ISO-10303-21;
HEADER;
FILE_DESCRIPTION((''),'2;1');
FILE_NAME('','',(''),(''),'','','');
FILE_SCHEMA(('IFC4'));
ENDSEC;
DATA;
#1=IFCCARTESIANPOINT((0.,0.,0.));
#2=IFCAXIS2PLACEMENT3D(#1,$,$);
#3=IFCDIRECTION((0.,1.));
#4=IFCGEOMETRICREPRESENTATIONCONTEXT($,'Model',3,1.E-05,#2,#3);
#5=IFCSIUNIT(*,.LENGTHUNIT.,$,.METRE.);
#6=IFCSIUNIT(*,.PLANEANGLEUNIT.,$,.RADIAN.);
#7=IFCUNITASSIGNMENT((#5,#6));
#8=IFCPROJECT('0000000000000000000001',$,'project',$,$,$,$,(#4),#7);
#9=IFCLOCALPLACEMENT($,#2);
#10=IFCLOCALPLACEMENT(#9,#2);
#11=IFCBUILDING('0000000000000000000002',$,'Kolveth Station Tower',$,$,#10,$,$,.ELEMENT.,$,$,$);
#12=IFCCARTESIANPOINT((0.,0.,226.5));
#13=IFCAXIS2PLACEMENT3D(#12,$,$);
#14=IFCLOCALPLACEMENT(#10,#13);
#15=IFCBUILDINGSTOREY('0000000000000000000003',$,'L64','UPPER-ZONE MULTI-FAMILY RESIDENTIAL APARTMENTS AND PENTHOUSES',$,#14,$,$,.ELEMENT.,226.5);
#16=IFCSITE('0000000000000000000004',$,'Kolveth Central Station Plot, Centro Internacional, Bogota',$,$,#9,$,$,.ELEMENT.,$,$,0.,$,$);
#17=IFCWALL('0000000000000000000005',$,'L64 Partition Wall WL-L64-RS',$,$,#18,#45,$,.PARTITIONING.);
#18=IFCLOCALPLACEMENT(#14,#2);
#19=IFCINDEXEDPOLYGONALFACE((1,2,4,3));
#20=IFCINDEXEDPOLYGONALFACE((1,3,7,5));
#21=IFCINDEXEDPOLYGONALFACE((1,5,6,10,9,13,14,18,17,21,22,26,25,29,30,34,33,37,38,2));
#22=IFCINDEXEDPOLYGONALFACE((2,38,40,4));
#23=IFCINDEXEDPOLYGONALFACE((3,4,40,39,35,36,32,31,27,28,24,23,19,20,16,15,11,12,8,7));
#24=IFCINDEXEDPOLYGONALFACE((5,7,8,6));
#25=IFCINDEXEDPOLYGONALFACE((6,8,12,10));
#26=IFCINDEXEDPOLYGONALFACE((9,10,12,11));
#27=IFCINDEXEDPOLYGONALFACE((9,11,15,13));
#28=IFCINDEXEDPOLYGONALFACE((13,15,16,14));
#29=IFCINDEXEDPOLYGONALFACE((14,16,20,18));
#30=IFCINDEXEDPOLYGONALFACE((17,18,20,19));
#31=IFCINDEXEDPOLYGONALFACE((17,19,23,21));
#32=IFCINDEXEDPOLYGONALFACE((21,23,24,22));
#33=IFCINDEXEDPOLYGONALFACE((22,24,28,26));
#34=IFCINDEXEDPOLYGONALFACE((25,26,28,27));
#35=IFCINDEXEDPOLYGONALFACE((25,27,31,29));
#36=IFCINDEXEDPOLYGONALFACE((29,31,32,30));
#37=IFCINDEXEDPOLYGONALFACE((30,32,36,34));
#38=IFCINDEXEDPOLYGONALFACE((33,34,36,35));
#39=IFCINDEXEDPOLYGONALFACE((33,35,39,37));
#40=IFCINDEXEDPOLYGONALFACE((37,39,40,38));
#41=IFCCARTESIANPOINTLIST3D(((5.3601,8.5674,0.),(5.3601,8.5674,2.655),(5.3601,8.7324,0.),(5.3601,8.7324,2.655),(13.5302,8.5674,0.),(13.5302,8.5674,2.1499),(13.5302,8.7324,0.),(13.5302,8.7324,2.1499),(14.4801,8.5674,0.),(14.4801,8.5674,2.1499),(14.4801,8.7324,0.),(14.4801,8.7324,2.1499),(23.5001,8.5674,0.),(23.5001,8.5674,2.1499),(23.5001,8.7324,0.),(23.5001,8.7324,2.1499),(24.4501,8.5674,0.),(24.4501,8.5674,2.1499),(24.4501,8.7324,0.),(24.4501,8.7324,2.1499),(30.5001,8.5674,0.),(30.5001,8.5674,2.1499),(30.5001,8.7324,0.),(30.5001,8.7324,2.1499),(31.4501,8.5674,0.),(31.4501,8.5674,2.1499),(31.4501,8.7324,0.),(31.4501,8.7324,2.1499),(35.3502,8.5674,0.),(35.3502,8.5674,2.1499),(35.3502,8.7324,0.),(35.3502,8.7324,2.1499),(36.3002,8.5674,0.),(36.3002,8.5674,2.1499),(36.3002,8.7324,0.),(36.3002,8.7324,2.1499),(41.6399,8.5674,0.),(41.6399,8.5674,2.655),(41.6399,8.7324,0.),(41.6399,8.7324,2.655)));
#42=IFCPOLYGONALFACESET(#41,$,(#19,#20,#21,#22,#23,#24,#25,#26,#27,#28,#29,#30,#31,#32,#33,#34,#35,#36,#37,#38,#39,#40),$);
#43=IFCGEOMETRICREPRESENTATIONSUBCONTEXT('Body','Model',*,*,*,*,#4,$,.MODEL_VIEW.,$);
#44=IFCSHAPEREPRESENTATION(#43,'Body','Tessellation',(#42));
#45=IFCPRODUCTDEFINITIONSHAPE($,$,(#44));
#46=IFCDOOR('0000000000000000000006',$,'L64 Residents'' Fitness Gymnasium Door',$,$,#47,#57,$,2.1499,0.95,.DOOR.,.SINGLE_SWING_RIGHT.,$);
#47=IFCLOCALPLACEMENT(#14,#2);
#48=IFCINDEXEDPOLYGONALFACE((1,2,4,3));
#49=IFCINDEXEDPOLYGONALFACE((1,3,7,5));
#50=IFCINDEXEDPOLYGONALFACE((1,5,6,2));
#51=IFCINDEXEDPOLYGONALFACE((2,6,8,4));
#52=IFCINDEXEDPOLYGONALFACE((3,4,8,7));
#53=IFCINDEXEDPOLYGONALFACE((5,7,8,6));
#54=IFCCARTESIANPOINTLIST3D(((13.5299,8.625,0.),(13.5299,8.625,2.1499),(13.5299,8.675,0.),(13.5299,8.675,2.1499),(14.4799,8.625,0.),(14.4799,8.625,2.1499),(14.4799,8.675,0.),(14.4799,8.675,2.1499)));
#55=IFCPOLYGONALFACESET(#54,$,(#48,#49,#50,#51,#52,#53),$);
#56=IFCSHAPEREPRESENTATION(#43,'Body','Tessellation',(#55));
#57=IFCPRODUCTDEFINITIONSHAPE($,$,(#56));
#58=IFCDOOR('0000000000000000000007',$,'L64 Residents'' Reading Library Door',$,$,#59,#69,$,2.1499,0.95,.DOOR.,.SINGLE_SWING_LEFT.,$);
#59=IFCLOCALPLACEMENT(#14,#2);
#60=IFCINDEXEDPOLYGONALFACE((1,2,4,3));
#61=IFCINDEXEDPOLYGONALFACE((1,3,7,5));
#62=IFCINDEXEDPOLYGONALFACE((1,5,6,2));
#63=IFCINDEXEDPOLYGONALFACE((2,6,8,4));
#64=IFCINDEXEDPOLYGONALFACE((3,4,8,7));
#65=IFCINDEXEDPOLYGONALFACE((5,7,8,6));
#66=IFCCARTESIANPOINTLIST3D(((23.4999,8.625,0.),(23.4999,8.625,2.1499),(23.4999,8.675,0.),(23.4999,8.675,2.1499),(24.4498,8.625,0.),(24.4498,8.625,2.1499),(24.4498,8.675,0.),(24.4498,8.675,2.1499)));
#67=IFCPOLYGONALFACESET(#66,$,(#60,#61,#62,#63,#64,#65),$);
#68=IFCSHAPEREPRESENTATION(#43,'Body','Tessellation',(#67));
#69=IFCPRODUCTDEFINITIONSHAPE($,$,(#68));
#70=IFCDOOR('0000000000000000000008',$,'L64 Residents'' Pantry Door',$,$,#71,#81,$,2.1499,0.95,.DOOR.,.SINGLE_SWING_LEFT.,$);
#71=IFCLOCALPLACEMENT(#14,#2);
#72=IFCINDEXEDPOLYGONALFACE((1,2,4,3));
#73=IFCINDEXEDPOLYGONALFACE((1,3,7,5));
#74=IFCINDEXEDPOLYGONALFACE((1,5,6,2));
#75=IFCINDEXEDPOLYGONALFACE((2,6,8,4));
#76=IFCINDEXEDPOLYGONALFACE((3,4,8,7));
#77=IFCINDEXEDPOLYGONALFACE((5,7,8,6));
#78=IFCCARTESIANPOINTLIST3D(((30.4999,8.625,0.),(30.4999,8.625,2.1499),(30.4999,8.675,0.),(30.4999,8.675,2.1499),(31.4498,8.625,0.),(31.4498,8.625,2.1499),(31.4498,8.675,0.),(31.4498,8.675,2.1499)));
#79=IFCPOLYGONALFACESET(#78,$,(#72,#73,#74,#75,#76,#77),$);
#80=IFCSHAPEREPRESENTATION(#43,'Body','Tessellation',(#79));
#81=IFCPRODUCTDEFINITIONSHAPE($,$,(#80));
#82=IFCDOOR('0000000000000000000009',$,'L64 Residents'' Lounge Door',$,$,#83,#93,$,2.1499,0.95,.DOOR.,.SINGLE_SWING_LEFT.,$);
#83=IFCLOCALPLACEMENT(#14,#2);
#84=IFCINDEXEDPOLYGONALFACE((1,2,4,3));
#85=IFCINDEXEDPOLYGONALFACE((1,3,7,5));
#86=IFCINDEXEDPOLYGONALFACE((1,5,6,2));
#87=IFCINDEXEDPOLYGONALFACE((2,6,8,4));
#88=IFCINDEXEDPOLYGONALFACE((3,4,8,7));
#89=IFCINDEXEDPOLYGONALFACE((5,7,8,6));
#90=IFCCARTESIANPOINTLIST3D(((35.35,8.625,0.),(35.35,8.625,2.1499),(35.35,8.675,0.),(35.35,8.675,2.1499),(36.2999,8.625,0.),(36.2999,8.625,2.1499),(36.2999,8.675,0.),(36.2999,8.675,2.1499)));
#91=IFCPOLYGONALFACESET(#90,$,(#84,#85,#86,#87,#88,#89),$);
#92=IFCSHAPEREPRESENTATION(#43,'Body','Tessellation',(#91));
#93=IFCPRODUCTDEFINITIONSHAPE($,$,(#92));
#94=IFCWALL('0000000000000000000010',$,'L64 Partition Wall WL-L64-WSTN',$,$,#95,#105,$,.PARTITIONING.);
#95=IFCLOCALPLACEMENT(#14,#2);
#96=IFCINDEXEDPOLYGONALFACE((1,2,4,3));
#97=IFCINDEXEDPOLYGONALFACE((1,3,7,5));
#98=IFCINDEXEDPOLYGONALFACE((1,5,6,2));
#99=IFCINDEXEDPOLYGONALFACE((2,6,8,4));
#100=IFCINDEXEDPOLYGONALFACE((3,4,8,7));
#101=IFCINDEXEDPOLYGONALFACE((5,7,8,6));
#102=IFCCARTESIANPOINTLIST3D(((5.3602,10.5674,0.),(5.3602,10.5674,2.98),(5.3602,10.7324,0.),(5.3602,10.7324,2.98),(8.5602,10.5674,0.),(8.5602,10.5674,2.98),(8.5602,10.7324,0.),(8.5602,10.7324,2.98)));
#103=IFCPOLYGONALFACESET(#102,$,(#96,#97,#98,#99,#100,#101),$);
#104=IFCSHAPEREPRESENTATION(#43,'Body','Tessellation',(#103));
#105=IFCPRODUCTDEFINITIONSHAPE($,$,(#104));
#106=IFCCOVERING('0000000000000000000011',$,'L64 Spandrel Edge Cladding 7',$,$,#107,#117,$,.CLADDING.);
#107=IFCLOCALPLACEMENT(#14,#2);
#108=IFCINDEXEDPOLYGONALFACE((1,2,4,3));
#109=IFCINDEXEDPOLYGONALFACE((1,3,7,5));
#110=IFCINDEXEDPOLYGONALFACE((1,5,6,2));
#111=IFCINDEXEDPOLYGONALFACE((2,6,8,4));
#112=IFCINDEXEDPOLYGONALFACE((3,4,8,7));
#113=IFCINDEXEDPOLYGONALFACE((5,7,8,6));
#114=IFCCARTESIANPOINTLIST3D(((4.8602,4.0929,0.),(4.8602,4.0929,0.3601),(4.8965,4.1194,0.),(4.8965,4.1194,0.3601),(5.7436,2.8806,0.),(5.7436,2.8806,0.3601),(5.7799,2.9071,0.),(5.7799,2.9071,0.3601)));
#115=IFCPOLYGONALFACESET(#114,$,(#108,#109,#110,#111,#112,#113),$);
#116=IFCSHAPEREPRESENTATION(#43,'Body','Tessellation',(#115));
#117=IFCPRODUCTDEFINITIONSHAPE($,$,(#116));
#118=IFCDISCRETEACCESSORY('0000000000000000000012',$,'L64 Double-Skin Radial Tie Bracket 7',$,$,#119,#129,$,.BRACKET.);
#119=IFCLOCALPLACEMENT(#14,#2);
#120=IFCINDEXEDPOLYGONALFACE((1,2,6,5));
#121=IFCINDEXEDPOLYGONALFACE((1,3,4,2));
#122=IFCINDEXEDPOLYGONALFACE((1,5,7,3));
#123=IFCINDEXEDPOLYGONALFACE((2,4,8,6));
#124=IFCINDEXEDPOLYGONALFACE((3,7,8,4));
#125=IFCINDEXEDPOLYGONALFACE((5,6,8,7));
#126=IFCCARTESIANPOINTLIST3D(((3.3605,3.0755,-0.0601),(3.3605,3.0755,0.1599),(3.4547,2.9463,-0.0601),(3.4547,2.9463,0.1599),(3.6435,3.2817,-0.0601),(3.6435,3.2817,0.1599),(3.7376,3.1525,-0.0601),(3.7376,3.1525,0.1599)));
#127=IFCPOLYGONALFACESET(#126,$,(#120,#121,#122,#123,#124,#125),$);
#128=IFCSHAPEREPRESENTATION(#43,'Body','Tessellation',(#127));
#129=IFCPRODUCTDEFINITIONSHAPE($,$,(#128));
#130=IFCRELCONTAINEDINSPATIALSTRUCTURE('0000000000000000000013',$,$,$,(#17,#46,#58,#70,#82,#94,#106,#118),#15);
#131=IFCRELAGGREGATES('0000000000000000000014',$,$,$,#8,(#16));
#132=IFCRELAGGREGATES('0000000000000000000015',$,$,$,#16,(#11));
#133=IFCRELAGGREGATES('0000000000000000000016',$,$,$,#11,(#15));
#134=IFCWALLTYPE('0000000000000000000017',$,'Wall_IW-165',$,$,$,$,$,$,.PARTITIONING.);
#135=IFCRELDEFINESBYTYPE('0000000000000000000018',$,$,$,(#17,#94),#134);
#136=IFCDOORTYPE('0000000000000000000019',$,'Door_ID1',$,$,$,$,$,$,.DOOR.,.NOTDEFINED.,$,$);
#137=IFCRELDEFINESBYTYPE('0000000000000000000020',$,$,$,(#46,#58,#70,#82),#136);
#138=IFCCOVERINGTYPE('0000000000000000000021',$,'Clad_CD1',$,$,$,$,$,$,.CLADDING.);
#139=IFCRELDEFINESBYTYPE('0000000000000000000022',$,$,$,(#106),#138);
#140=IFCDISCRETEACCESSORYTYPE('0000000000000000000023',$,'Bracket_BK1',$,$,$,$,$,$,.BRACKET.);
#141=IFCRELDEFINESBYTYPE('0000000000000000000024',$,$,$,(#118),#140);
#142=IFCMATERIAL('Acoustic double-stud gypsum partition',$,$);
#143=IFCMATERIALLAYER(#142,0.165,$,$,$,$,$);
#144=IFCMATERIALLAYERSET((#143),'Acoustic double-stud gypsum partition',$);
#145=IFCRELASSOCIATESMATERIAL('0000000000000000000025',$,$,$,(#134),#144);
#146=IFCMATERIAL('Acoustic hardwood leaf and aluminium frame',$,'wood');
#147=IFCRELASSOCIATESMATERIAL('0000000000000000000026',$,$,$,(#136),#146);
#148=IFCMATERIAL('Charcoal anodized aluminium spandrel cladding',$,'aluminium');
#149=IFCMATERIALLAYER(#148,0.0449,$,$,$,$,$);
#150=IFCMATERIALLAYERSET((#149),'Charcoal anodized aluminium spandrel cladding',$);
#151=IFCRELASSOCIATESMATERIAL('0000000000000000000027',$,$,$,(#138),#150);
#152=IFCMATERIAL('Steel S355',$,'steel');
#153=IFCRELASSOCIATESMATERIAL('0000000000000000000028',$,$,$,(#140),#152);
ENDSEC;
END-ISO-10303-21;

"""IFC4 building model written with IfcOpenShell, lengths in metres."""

from ifc_helpers import new_model, si_unit, direction, frame, frame_2d, origin, origin_2d, place, context, subcontext, project, spatial, rectangle, extrude, source, transform, mapped, material, layer, layer_set, type_object, element, fill, save


model = new_model("IFC4")

# Units and contexts
model_context = context("Model", 3, precision=1e-05, world=origin(), true_north=direction((0.0, 1.0)))
body_context = subcontext(model_context, "Body", "Model", "MODEL_VIEW")
ifc_project = project(units=[si_unit("LENGTHUNIT", "METRE"), si_unit("PLANEANGLEUNIT", "RADIAN")], contexts=[model_context])

# Site, building, storey
site_placement = place(None, origin())
site = spatial("IfcSite", under=ifc_project, at=site_placement, Name="Kolveth Central Station Plot, Centro Internacional, Bogota", CompositionType="ELEMENT", RefElevation=0.0)
building_placement = place(site_placement, origin())
building = spatial("IfcBuilding", under=site, at=building_placement, Name="Kolveth Station Tower", CompositionType="ELEMENT")
storey_placement = place(building_placement, frame((0.0, 0.0, 226.5)))
storey = spatial("IfcBuildingStorey", under=building, at=storey_placement, Name="L64", Description="UPPER-ZONE MULTI-FAMILY RESIDENTIAL APARTMENTS AND PENTHOUSES", CompositionType="ELEMENT", Elevation=226.5)

# Shared definitions
ifc_material_1 = material(Name="Steel S355", Category="steel")

# Wall, openings, doors
ifc_material_2 = material(Name="Acoustic double-stud gypsum partition")
ifc_layer_1 = layer(ifc_material_2, 0.165)
ifc_layer_set_1 = layer_set([ifc_layer_1], Name="Acoustic double-stud gypsum partition")
wall_type = type_object("IfcWallType", Name="Wall_IW-165", PredefinedType="PARTITIONING", material=ifc_layer_set_1)
wall_1_placement = place(storey_placement, frame((5.3601, 8.6499, 0.0), z_axis=(0.0, 0.0, 1.0), x_axis=(1.0, 0.0, 0.0)))
wall_1 = element("IfcWall", 1, at=wall_1_placement, inside=storey, type_object=wall_type, Name="L64 Partition Wall WL-L64-RS", PredefinedType="PARTITIONING", context=body_context, shape_type="SweptSolid", body=[
    extrude(rectangle(XDim=36.2798, YDim=0.165, at=frame_2d((18.1399, 0.0))), origin(), (0.0, 0.0, 1.0), 2.655),
])
opening_1_placement = place(wall_1_placement, frame((8.1699, 0.0, 0.0)))
opening_1 = element("IfcOpeningElement", 2, at=opening_1_placement, cuts=wall_1, PredefinedType="OPENING", context=body_context, shape_type="SweptSolid", body=[
    extrude(rectangle(XDim=0.95, YDim=2.1499, at=frame_2d((0.4751, 1.075))), frame((0.0, 0.0925, 0.0), z_axis=(0.0, -1.0, 0.0), x_axis=(1.0, 0.0, 0.0)), (0.0, 0.0, 1.0), 0.1851),
])
opening_2_placement = place(wall_1_placement, frame((18.1399, 0.0, 0.0)))
opening_2 = element("IfcOpeningElement", 3, at=opening_2_placement, cuts=wall_1, PredefinedType="OPENING", context=body_context, shape_type="SweptSolid", body=[
    extrude(rectangle(XDim=0.95, YDim=2.1499, at=frame_2d((0.4751, 1.075))), frame((0.0, 0.0925, 0.0), z_axis=(0.0, -1.0, 0.0), x_axis=(1.0, 0.0, 0.0)), (0.0, 0.0, 1.0), 0.1851),
])
opening_3_placement = place(wall_1_placement, frame((25.1399, 0.0, 0.0)))
opening_3 = element("IfcOpeningElement", 4, at=opening_3_placement, cuts=wall_1, PredefinedType="OPENING", context=body_context, shape_type="SweptSolid", body=[
    extrude(rectangle(XDim=0.95, YDim=2.1499, at=frame_2d((0.4751, 1.075))), frame((0.0, 0.0925, 0.0), z_axis=(0.0, -1.0, 0.0), x_axis=(1.0, 0.0, 0.0)), (0.0, 0.0, 1.0), 0.1851),
])
opening_4_placement = place(wall_1_placement, frame((29.99, 0.0, 0.0)))
opening_4 = element("IfcOpeningElement", 5, at=opening_4_placement, cuts=wall_1, PredefinedType="OPENING", context=body_context, shape_type="SweptSolid", body=[
    extrude(rectangle(XDim=0.95, YDim=2.1499, at=frame_2d((0.4751, 1.075))), frame((0.0, 0.0925, 0.0), z_axis=(0.0, -1.0, 0.0), x_axis=(1.0, 0.0, 0.0)), (0.0, 0.0, 1.0), 0.1851),
])
ifc_material_3 = material(Name="Acoustic hardwood leaf and aluminium frame", Category="wood")
door_type = type_object("IfcDoorType", Name="Door_ID1", OperationType="NOTDEFINED", PredefinedType="DOOR", material=ifc_material_3)
door_1_placement = place(opening_1_placement, frame((0.95, 0.0, 0.0), z_axis=(0.0, 0.0, 1.0), x_axis=(-1.0, 0.0, 0.0)))
door_1 = element("IfcDoor", 6, at=door_1_placement, inside=storey, type_object=door_type, Name="L64 Residents' Fitness Gymnasium Door", OperationType="SINGLE_SWING_RIGHT", OverallHeight=2.1499, OverallWidth=0.95, PredefinedType="DOOR", context=body_context, shape_type="SweptSolid", body=[
    extrude(rectangle(XDim=0.95, YDim=2.1499, at=frame_2d((0.4751, 1.075))), frame((0.0, 0.0249, 0.0), z_axis=(0.0, -1.0, 0.0), x_axis=(1.0, 0.0, 0.0)), (0.0, 0.0, 1.0), 0.05),
])
fill(opening_1, door_1)
door_2_placement = place(opening_2_placement, frame((0.95, 0.0, 0.0), z_axis=(0.0, 0.0, 1.0), x_axis=(-1.0, 0.0, 0.0)))
door_2 = element("IfcDoor", 7, at=door_2_placement, inside=storey, type_object=door_type, Name="L64 Residents' Reading Library Door", OperationType="SINGLE_SWING_LEFT", OverallHeight=2.1499, OverallWidth=0.95, PredefinedType="DOOR", context=body_context, shape_type="SweptSolid", body=[
    extrude(rectangle(XDim=0.95, YDim=2.1499, at=frame_2d((0.4751, 1.075))), frame((0.0, 0.0249, 0.0), z_axis=(0.0, -1.0, 0.0), x_axis=(1.0, 0.0, 0.0)), (0.0, 0.0, 1.0), 0.05),
])
fill(opening_2, door_2)
door_3_placement = place(opening_3_placement, frame((0.95, 0.0, 0.0), z_axis=(0.0, 0.0, 1.0), x_axis=(-1.0, 0.0, 0.0)))
door_3 = element("IfcDoor", 8, at=door_3_placement, inside=storey, type_object=door_type, Name="L64 Residents' Pantry Door", OperationType="SINGLE_SWING_LEFT", OverallHeight=2.1499, OverallWidth=0.95, PredefinedType="DOOR", context=body_context, shape_type="SweptSolid", body=[
    extrude(rectangle(XDim=0.95, YDim=2.1499, at=frame_2d((0.4751, 1.075))), frame((0.0, 0.0249, 0.0), z_axis=(0.0, -1.0, 0.0), x_axis=(1.0, 0.0, 0.0)), (0.0, 0.0, 1.0), 0.05),
])
fill(opening_3, door_3)
door_4_placement = place(opening_4_placement, frame((0.95, 0.0, 0.0), z_axis=(0.0, 0.0, 1.0), x_axis=(-1.0, 0.0, 0.0)))
door_4 = element("IfcDoor", 9, at=door_4_placement, inside=storey, type_object=door_type, Name="L64 Residents' Lounge Door", OperationType="SINGLE_SWING_LEFT", OverallHeight=2.1499, OverallWidth=0.95, PredefinedType="DOOR", context=body_context, shape_type="SweptSolid", body=[
    extrude(rectangle(XDim=0.95, YDim=2.1499, at=frame_2d((0.4751, 1.075))), frame((0.0, 0.0249, 0.0), z_axis=(0.0, -1.0, 0.0), x_axis=(1.0, 0.0, 0.0)), (0.0, 0.0, 1.0), 0.05),
])
fill(opening_4, door_4)

# Wall
wall_2_placement = place(storey_placement, frame((5.3601, 10.6499, 0.0), z_axis=(0.0, 0.0, 1.0), x_axis=(1.0, 0.0, 0.0)))
element("IfcWall", 10, at=wall_2_placement, inside=storey, type_object=wall_type, Name="L64 Partition Wall WL-L64-WSTN", PredefinedType="PARTITIONING", context=body_context, shape_type="SweptSolid", body=[
    extrude(rectangle(XDim=3.2, YDim=0.165, at=frame_2d((1.6001, 0.0))), origin(), (0.0, 0.0, 1.0), 2.98),
])

# Covering
ifc_material_4 = material(Name="Charcoal anodized aluminium spandrel cladding", Category="aluminium")
ifc_layer_2 = layer(ifc_material_4, 0.0449)
ifc_layer_set_2 = layer_set([ifc_layer_2], Name="Charcoal anodized aluminium spandrel cladding")
covering_type = type_object("IfcCoveringType", Name="Clad_CD1", PredefinedType="CLADDING", material=ifc_layer_set_2)
shared_shape_1 = source(origin(), body_context, "Body", "SweptSolid", [
    extrude(rectangle(XDim=1.5, YDim=0.0449, at=origin_2d()), origin(), (0.0, 0.0, 1.0), 0.3601),
])
covering_placement = place(storey_placement, frame((5.3201, 3.5, 0.0), z_axis=(0.0, 0.0, 1.0), x_axis=(0.588914, -0.808196, 0.0)))
element("IfcCovering", 11, at=covering_placement, inside=storey, type_object=covering_type, Name="L64 Spandrel Edge Cladding 7", PredefinedType="CLADDING", context=body_context, shape_type="MappedRepresentation", body=[
    mapped(shared_shape_1, transform((0.0, 0.0, 0.0), x_axis=(1.0, 0.0, 0.0), y_axis=(0.0, 1.0, 0.0), z_axis=(0.0, 0.0, 1.0), scale=1.0)),
])

# Discrete accessory
discrete_accessory_type = type_object("IfcDiscreteAccessoryType", Name="Bracket_BK1", PredefinedType="BRACKET", material=ifc_material_1)
shared_shape_2 = source(origin(), body_context, "Body", "SweptSolid", [
    extrude(rectangle(XDim=0.3501, YDim=0.1599, at=origin_2d()), origin(), (0.0, 0.0, 1.0), 0.22),
])
discrete_accessory_placement = place(storey_placement, frame((3.5491, 3.114, -0.0601), z_axis=(0.0, 0.0, 1.0), x_axis=(-0.808196, -0.588914, 0.0)))
element("IfcDiscreteAccessory", 12, at=discrete_accessory_placement, inside=storey, type_object=discrete_accessory_type, Name="L64 Double-Skin Radial Tie Bracket 7", PredefinedType="BRACKET", context=body_context, shape_type="MappedRepresentation", body=[
    mapped(shared_shape_2, transform((0.0, 0.0, 0.0), x_axis=(1.0, 0.0, 0.0), y_axis=(0.0, 1.0, 0.0), z_axis=(0.0, 0.0, 1.0), scale=1.0)),
])

save(model, "model.ifc")
